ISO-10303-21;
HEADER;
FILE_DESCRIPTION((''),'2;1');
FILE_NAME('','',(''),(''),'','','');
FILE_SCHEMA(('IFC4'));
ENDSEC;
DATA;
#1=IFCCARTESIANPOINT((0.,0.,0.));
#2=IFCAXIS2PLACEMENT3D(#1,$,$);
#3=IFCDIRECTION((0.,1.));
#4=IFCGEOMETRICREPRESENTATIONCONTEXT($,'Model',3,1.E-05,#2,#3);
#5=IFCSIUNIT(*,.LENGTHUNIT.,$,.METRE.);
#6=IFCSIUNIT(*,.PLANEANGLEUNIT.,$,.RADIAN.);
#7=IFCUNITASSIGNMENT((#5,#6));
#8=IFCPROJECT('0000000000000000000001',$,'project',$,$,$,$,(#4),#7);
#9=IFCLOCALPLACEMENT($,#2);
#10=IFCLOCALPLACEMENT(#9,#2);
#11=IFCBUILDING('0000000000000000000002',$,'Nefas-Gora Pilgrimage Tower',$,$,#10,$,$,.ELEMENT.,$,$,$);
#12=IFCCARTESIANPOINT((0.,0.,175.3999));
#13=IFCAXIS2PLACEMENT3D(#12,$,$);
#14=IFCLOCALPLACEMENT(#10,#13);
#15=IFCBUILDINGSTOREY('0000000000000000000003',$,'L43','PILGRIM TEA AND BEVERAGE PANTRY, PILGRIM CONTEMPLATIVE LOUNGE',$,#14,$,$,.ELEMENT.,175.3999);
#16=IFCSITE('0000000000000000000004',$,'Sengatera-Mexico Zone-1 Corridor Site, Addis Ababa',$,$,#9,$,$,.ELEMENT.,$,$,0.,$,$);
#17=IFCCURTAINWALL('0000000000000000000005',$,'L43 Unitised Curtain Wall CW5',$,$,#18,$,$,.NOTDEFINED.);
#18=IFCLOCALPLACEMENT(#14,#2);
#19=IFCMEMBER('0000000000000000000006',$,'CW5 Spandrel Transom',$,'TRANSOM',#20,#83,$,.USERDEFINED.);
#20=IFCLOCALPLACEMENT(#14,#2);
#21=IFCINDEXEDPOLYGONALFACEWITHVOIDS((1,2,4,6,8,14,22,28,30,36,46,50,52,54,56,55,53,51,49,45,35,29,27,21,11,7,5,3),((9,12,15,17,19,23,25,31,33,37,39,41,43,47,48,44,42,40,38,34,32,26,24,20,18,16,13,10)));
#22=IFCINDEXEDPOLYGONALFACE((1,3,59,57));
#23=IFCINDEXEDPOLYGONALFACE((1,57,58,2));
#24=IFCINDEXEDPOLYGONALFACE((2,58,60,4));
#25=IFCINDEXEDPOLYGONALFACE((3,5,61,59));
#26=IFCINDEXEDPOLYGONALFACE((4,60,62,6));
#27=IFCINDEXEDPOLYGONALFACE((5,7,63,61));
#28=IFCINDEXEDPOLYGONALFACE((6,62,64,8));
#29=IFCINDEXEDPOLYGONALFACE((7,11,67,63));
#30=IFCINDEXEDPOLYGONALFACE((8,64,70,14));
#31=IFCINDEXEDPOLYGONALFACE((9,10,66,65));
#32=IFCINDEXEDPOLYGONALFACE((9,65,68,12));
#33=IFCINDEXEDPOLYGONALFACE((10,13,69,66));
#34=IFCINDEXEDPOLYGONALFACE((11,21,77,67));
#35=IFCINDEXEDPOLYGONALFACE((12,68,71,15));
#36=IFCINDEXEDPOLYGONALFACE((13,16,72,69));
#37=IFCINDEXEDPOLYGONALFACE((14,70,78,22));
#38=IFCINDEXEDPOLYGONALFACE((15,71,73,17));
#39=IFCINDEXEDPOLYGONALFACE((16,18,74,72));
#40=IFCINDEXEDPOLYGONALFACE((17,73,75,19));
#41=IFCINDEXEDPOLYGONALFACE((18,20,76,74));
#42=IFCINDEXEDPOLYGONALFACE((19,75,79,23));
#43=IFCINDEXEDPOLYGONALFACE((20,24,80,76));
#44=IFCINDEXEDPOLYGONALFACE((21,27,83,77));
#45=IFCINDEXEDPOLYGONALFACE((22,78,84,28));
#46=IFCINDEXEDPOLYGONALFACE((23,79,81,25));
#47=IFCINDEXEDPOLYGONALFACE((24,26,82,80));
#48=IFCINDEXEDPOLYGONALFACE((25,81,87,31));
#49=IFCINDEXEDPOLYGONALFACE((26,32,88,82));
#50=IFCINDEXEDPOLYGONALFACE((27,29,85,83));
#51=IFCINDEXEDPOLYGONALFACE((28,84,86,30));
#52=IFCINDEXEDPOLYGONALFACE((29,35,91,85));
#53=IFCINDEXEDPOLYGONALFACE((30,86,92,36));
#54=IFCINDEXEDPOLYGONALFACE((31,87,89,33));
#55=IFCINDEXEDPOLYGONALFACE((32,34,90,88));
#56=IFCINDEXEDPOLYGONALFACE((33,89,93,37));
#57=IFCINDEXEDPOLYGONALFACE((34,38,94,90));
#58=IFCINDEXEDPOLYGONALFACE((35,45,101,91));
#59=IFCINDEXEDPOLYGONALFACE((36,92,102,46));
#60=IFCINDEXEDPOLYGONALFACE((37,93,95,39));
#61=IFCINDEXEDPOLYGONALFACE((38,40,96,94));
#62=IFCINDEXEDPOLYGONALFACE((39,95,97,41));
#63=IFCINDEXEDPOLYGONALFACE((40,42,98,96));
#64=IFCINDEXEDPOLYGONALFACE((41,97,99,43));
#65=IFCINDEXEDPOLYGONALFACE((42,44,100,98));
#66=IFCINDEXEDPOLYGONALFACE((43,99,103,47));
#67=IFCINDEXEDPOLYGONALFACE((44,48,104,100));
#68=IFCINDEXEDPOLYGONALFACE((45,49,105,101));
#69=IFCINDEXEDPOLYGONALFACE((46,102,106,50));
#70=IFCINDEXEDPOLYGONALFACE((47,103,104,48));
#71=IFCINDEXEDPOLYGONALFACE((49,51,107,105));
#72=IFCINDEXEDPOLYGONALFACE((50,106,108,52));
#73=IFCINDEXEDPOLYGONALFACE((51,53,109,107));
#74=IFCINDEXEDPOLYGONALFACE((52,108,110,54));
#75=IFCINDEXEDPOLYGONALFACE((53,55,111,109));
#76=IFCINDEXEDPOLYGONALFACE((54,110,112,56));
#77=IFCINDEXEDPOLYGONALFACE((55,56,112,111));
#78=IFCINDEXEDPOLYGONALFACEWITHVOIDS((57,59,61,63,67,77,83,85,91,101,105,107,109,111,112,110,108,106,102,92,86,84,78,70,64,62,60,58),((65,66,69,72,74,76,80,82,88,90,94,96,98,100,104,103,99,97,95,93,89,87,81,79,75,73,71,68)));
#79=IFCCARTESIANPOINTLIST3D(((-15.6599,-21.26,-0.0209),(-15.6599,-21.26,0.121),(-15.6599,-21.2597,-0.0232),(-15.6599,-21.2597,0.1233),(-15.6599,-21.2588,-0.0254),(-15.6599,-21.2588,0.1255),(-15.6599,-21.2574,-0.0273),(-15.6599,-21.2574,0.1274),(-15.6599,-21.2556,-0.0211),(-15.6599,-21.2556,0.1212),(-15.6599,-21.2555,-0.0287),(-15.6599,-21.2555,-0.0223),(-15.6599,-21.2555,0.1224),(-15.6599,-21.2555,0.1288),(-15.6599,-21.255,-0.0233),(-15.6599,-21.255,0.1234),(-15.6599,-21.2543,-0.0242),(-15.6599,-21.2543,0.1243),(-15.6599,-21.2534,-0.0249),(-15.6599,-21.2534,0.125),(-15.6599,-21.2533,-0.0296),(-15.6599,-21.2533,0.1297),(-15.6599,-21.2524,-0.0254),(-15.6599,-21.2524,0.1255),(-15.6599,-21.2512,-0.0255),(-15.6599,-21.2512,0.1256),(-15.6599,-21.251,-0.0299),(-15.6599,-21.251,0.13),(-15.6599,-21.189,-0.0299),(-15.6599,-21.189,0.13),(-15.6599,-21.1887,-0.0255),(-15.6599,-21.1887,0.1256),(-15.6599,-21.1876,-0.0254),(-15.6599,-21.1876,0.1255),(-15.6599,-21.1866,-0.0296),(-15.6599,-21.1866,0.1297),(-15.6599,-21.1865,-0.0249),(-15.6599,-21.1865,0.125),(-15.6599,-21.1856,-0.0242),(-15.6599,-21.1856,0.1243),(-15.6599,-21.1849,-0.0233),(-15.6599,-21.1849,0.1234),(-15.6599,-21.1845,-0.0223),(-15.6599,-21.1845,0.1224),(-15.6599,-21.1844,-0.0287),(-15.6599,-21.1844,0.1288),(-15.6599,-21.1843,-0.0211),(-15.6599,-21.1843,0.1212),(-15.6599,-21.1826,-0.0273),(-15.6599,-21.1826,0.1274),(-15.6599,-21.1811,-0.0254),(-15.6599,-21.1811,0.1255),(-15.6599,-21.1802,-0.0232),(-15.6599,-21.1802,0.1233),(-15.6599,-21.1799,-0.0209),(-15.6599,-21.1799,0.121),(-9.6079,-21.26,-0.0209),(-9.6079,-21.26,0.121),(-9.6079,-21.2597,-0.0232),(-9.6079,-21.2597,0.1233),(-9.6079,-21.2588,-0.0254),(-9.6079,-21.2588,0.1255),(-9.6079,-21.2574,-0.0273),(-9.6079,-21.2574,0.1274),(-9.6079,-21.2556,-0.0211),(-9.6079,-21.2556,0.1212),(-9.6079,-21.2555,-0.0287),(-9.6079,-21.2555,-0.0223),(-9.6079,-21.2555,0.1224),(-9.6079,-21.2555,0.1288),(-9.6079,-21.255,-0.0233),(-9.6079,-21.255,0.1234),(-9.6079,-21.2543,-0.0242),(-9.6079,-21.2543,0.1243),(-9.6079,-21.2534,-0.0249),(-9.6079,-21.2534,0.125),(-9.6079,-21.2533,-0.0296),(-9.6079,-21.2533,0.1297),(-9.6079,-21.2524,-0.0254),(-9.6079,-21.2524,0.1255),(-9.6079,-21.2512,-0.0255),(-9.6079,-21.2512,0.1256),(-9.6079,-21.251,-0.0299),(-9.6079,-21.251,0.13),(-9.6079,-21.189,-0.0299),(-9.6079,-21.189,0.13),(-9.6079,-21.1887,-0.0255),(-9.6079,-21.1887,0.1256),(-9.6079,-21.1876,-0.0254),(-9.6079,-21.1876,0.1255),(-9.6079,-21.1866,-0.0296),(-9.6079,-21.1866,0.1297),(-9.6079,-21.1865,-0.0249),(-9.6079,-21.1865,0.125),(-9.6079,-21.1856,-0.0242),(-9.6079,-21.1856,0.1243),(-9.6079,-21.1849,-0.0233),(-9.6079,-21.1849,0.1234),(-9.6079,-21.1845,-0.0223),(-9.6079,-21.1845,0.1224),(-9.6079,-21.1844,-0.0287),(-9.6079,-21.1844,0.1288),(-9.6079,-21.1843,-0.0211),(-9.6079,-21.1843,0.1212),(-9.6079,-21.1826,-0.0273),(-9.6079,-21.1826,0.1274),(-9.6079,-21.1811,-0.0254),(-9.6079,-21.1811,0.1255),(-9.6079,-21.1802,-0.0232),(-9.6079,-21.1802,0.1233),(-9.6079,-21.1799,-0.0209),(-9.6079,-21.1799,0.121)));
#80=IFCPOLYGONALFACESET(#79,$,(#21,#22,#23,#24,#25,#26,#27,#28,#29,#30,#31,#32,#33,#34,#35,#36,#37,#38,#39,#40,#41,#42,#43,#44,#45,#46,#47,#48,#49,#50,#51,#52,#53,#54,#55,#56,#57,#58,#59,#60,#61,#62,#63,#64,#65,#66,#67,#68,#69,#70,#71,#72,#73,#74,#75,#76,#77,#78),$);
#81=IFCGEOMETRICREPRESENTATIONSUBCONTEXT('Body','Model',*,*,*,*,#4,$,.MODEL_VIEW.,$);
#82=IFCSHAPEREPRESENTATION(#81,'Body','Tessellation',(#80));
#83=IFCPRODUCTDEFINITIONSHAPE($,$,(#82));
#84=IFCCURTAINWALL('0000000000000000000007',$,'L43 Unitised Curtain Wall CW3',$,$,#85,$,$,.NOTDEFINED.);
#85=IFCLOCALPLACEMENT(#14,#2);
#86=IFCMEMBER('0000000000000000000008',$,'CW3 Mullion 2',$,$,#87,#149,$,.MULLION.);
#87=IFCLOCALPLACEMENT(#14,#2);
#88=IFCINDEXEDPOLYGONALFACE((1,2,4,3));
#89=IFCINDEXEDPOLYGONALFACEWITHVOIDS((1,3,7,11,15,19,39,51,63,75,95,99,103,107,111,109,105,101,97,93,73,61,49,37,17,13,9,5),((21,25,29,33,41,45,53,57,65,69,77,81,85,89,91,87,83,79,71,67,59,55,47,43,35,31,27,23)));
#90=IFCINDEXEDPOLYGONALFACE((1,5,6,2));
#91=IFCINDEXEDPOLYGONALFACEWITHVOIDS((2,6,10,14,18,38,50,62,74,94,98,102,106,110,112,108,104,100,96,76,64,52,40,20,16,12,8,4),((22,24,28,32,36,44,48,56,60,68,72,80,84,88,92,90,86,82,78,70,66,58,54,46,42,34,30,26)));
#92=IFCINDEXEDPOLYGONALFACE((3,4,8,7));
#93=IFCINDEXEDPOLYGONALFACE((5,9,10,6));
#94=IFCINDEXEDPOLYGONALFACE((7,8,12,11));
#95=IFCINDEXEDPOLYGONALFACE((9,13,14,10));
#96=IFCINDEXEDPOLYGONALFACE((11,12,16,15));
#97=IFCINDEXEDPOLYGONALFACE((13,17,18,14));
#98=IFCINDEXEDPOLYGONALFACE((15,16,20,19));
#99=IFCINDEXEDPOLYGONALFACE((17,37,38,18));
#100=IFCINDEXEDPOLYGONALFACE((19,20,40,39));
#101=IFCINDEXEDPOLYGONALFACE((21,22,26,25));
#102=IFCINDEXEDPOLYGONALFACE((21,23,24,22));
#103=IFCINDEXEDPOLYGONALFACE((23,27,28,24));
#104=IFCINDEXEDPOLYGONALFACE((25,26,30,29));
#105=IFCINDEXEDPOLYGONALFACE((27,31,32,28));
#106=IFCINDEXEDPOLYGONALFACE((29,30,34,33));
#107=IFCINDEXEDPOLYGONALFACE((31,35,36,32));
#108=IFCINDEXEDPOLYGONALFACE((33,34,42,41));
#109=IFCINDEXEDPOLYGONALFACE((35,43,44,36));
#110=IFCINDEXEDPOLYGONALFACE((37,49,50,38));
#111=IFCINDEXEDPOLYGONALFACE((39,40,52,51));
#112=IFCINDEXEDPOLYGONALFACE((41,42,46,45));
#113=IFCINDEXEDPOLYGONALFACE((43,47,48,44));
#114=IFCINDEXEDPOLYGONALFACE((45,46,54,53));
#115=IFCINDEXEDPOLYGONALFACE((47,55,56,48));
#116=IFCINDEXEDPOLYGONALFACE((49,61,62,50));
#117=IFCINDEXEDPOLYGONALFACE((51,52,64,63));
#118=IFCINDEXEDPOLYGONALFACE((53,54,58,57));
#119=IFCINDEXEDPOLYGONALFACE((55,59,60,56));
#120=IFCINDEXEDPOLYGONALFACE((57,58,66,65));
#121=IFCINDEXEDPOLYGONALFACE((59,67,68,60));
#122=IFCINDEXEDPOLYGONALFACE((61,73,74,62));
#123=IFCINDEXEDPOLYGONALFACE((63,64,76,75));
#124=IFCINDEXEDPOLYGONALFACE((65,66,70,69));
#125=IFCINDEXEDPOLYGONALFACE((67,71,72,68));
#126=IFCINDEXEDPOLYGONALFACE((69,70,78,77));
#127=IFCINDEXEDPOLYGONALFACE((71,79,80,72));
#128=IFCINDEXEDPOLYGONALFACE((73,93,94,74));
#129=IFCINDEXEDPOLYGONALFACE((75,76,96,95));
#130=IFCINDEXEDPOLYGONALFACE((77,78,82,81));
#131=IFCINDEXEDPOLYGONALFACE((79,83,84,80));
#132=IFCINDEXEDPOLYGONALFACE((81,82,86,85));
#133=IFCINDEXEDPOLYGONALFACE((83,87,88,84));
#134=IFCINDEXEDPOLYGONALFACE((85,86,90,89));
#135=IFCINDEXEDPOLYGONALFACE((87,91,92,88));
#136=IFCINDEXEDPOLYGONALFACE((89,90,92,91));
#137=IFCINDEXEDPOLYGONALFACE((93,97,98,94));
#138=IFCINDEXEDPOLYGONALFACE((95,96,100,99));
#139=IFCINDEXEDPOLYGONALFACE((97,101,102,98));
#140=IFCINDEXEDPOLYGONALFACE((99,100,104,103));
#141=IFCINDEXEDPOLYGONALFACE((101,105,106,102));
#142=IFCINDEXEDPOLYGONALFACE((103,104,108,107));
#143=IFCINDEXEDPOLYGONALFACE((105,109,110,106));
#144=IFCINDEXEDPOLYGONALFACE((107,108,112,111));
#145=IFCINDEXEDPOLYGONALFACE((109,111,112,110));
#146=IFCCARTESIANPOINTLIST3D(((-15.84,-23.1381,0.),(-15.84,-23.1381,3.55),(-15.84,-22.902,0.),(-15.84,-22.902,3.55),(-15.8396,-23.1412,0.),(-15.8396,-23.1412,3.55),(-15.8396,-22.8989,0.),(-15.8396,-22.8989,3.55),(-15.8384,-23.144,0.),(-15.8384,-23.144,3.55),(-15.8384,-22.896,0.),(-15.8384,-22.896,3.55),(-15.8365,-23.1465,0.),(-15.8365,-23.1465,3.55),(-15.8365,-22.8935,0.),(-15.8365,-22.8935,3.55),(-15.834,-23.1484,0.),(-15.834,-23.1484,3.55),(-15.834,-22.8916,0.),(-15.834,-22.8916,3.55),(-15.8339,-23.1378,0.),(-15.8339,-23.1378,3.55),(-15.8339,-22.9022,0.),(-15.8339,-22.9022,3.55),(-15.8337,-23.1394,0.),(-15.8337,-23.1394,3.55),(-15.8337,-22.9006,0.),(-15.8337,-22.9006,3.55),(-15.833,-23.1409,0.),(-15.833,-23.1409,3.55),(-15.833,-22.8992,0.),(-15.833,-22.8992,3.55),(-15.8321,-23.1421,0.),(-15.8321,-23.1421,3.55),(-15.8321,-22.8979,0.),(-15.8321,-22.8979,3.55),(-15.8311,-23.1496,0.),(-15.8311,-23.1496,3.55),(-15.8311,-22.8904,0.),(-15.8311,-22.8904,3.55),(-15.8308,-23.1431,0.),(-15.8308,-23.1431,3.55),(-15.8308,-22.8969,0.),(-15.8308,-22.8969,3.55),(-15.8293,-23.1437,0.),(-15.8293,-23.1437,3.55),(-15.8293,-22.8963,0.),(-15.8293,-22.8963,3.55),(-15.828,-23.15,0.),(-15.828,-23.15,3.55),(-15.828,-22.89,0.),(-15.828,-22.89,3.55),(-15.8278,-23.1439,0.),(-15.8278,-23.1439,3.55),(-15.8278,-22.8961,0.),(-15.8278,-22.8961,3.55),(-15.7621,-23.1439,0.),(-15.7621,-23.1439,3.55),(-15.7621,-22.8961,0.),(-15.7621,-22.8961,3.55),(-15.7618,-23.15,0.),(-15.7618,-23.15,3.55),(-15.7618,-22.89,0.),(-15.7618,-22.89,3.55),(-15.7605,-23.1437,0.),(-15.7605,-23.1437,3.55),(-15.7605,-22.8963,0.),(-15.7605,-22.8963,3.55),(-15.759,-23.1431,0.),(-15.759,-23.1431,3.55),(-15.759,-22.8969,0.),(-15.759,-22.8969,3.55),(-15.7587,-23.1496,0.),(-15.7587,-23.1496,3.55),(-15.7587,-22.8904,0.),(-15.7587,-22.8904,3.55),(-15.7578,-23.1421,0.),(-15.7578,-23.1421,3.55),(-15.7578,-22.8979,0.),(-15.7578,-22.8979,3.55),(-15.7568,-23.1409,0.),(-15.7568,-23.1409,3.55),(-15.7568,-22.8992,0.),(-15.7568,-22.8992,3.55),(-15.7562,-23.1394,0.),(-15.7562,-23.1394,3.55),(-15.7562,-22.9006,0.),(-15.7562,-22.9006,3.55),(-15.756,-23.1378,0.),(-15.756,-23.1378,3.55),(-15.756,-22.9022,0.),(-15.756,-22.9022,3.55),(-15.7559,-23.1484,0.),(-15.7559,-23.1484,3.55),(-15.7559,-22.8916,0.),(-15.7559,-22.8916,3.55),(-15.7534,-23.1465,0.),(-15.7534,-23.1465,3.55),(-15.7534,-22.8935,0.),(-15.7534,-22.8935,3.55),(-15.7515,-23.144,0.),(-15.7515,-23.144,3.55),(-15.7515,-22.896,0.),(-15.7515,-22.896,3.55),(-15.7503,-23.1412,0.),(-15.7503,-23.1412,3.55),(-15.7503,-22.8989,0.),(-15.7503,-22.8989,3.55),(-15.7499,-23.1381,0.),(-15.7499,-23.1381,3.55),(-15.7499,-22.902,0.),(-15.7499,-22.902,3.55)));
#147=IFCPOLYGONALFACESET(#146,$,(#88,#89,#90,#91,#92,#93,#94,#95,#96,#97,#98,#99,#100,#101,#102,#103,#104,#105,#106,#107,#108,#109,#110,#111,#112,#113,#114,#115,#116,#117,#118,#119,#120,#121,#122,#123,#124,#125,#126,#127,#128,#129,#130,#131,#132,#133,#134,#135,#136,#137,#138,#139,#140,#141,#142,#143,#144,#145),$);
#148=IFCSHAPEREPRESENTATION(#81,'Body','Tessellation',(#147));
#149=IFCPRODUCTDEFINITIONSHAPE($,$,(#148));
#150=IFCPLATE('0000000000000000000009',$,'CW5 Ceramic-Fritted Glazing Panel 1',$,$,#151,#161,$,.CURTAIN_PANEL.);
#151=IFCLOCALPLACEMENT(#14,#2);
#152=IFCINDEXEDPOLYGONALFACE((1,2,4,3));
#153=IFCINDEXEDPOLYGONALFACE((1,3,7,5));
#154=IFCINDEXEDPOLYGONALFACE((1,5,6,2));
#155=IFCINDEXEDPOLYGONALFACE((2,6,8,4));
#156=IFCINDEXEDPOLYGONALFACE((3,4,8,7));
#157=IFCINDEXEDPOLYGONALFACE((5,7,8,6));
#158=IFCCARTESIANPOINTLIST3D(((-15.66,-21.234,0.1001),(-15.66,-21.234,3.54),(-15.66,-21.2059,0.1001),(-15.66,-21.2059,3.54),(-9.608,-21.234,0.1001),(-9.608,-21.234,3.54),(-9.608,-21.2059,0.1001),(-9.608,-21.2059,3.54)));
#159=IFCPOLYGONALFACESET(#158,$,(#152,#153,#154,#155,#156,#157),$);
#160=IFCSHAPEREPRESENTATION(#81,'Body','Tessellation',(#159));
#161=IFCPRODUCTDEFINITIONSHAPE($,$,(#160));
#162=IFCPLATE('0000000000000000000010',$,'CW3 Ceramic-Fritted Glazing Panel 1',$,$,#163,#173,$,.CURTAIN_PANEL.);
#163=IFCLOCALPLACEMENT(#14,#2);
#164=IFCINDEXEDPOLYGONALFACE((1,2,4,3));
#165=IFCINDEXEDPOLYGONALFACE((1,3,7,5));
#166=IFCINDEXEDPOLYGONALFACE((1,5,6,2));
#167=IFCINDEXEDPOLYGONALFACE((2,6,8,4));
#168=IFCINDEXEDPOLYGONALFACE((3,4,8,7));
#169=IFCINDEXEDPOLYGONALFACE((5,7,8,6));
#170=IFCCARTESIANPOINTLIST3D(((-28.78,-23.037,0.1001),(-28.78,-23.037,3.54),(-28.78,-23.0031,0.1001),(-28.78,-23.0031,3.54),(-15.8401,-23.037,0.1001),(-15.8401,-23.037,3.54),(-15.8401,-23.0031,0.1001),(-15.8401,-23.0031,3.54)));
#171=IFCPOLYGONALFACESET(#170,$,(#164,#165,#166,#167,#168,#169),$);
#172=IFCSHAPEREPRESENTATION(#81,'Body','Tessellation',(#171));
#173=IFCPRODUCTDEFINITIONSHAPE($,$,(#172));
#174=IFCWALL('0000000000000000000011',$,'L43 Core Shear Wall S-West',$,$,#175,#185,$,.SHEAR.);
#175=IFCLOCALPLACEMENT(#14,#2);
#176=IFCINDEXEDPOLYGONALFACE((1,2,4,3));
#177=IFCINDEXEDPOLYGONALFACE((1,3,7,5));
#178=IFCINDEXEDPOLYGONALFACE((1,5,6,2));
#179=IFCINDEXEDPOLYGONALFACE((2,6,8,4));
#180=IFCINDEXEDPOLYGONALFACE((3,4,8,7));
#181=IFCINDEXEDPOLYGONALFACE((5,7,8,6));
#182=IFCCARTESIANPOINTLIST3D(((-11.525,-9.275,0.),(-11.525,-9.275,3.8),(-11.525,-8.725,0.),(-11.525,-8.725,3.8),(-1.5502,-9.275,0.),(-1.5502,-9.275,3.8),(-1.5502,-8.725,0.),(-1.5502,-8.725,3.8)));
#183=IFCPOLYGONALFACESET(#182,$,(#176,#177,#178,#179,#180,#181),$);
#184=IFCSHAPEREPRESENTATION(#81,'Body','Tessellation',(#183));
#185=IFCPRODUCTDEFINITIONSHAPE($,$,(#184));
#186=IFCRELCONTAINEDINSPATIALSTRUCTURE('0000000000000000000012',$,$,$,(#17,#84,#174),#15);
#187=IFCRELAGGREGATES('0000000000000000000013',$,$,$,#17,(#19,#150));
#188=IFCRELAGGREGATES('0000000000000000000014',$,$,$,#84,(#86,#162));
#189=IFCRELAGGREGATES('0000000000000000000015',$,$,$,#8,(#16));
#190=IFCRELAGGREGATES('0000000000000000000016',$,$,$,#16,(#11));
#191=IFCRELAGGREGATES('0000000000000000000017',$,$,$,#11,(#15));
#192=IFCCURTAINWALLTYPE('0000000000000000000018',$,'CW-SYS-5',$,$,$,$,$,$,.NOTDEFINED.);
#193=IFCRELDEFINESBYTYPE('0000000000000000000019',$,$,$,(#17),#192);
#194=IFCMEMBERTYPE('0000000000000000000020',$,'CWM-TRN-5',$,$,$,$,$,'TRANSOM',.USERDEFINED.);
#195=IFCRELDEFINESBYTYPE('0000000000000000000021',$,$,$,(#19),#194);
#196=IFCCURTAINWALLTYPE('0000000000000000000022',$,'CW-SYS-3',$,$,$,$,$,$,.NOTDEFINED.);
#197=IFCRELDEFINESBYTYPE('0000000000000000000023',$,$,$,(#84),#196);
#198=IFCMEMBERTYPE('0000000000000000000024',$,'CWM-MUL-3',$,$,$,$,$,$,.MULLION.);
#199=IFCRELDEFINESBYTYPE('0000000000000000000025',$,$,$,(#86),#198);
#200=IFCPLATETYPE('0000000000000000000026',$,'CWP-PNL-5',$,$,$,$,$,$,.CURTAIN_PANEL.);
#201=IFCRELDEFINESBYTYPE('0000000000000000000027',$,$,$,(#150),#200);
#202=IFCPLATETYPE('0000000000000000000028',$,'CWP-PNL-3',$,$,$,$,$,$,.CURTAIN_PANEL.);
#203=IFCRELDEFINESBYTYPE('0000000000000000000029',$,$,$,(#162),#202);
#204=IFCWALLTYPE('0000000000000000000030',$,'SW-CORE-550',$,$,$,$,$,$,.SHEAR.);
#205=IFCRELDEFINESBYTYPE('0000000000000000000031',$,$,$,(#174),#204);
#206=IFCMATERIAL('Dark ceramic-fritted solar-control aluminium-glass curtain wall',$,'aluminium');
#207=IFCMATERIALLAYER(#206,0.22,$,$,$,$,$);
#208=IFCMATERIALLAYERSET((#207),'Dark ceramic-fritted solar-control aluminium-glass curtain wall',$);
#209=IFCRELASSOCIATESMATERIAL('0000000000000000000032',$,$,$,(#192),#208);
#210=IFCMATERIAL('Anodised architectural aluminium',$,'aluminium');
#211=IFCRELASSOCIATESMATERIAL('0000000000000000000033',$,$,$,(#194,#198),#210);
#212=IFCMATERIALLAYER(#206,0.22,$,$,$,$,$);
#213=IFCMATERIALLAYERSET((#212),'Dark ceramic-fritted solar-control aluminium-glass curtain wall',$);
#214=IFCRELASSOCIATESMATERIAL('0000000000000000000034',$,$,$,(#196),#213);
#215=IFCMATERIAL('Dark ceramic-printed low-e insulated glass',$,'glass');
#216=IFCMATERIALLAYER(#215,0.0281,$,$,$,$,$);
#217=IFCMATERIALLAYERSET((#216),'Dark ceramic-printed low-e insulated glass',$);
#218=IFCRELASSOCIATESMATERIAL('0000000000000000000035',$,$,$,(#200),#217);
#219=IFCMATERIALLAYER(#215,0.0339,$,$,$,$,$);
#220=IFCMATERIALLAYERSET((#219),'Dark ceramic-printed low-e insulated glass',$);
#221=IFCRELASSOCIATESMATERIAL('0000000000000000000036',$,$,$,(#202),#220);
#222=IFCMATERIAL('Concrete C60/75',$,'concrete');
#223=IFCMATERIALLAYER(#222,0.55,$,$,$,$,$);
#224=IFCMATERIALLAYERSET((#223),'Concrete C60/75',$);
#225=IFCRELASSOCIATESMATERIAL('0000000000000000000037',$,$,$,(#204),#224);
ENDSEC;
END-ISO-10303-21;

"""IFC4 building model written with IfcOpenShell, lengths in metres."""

from ifc_helpers import new_model, si_unit, direction, frame, frame_2d, origin, origin_2d, place, context, subcontext, project, spatial, rectangle, hollow_rectangle, extrude, source, transform, mapped, material, layer, layer_set, material_profile, profile_set, type_object, element, aggregate, save


model = new_model("IFC4")

# Units and contexts
model_context = context("Model", 3, precision=1e-05, world=origin(), true_north=direction((0.0, 1.0)))
body_context = subcontext(model_context, "Body", "Model", "MODEL_VIEW")
ifc_project = project(units=[si_unit("LENGTHUNIT", "METRE"), si_unit("PLANEANGLEUNIT", "RADIAN")], contexts=[model_context])

# Site, building, storey
site_placement = place(None, origin())
site = spatial("IfcSite", under=ifc_project, at=site_placement, Name="Sengatera-Mexico Zone-1 Corridor Site, Addis Ababa", CompositionType="ELEMENT", RefElevation=0.0)
building_placement = place(site_placement, origin())
building = spatial("IfcBuilding", under=site, at=building_placement, Name="Nefas-Gora Pilgrimage Tower", CompositionType="ELEMENT")
storey_placement = place(building_placement, frame((0.0, 0.0, 175.3999)))
storey = spatial("IfcBuildingStorey", under=building, at=storey_placement, Name="L43", Description="PILGRIM TEA AND BEVERAGE PANTRY, PILGRIM CONTEMPLATIVE LOUNGE", CompositionType="ELEMENT", Elevation=175.3999)

# Curtain wall, member
ifc_material_1 = material(Name="Dark ceramic-fritted solar-control aluminium-glass curtain wall", Category="aluminium")
ifc_layer_1 = layer(ifc_material_1, 0.22)
ifc_layer_set_1 = layer_set([ifc_layer_1], Name="Dark ceramic-fritted solar-control aluminium-glass curtain wall")
curtain_wall_type_1 = type_object("IfcCurtainWallType", Name="CW-SYS-5", PredefinedType="NOTDEFINED", material=ifc_layer_set_1)
curtain_wall_1_placement = place(storey_placement, origin())
curtain_wall_1 = element("IfcCurtainWall", 1, at=curtain_wall_1_placement, inside=storey, type_object=curtain_wall_type_1, Name="L43 Unitised Curtain Wall CW5", PredefinedType="NOTDEFINED")
ifc_material_2 = material(Name="Anodised architectural aluminium", Category="aluminium")
ifc_material_profile_1 = material_profile(ifc_material_2, hollow_rectangle(XDim=0.0801, YDim=0.1599, WallThickness=0.0044, InnerFilletRadius=0.0044, OuterFilletRadius=0.009, at=origin_2d()), Name="ALU TRANSOM 80x160")
ifc_profile_set_1 = profile_set([ifc_material_profile_1], Name="Anodised architectural aluminium")
member_type_1 = type_object("IfcMemberType", Name="CWM-TRN-5", ElementType="TRANSOM", PredefinedType="USERDEFINED", material=ifc_profile_set_1)
shared_shape_1 = source(origin(), body_context, "Body", "SweptSolid", [
    extrude(hollow_rectangle(XDim=0.0801, YDim=0.1599, WallThickness=0.0044, InnerFilletRadius=0.0044, OuterFilletRadius=0.009, at=origin_2d()), origin(), (0.0, 0.0, 1.0), 6.052),
])
member_1_placement = place(storey_placement, frame((-15.6599, -21.22, 0.05), z_axis=(1.0, 0.0, 0.0), x_axis=(0.0, 1.0, 0.0)))
member_1 = element("IfcMember", 2, at=member_1_placement, type_object=member_type_1, Name="CW5 Spandrel Transom", ObjectType="TRANSOM", PredefinedType="USERDEFINED", context=body_context, shape_type="MappedRepresentation", body=[
    mapped(shared_shape_1, transform((0.0, 0.0, 0.0), x_axis=(1.0, 0.0, 0.0), y_axis=(0.0, 1.0, 0.0), z_axis=(0.0, 0.0, 1.0), scale=1.0)),
])

# Curtain wall, member
ifc_layer_2 = layer(ifc_material_1, 0.22)
ifc_layer_set_2 = layer_set([ifc_layer_2], Name="Dark ceramic-fritted solar-control aluminium-glass curtain wall")
curtain_wall_type_2 = type_object("IfcCurtainWallType", Name="CW-SYS-3", PredefinedType="NOTDEFINED", material=ifc_layer_set_2)
curtain_wall_2_placement = place(storey_placement, origin())
curtain_wall_2 = element("IfcCurtainWall", 3, at=curtain_wall_2_placement, inside=storey, type_object=curtain_wall_type_2, Name="L43 Unitised Curtain Wall CW3", PredefinedType="NOTDEFINED")
ifc_material_profile_2 = material_profile(ifc_material_2, hollow_rectangle(XDim=0.0901, YDim=0.26, WallThickness=0.0061, InnerFilletRadius=0.0061, OuterFilletRadius=0.012, at=origin_2d()), Name="ALU MULLION 90x260")
ifc_profile_set_2 = profile_set([ifc_material_profile_2], Name="Anodised architectural aluminium")
member_type_2 = type_object("IfcMemberType", Name="CWM-MUL-3", PredefinedType="MULLION", material=ifc_profile_set_2)
shared_shape_2 = source(origin(), body_context, "Body", "SweptSolid", [
    extrude(hollow_rectangle(XDim=0.0901, YDim=0.26, WallThickness=0.0061, InnerFilletRadius=0.0061, OuterFilletRadius=0.012, at=origin_2d()), origin(), (0.0, 0.0, 1.0), 3.55),
])
member_2_placement = place(storey_placement, frame((-15.7949, -23.02, 0.0), z_axis=(0.0, 0.0, 1.0), x_axis=(1.0, 0.0, 0.0)))
member_2 = element("IfcMember", 4, at=member_2_placement, type_object=member_type_2, Name="CW3 Mullion 2", PredefinedType="MULLION", context=body_context, shape_type="MappedRepresentation", body=[
    mapped(shared_shape_2, transform((0.0, 0.0, 0.0), x_axis=(1.0, 0.0, 0.0), y_axis=(0.0, 1.0, 0.0), z_axis=(0.0, 0.0, 1.0), scale=1.0)),
])

# Plates
ifc_material_3 = material(Name="Dark ceramic-printed low-e insulated glass", Category="glass")
ifc_layer_3 = layer(ifc_material_3, 0.0281)
ifc_layer_set_3 = layer_set([ifc_layer_3], Name="Dark ceramic-printed low-e insulated glass")
plate_type_1 = type_object("IfcPlateType", Name="CWP-PNL-5", PredefinedType="CURTAIN_PANEL", material=ifc_layer_set_3)
shared_shape_3 = source(origin(), body_context, "Body", "SweptSolid", [
    extrude(rectangle(XDim=6.052, YDim=0.0281, at=origin_2d()), origin(), (0.0, 0.0, 1.0), 3.4399),
])
plate_1_placement = place(storey_placement, frame((-12.634, -21.22, 0.1001), z_axis=(0.0, 0.0, 1.0), x_axis=(1.0, 0.0, 0.0)))
plate_1 = element("IfcPlate", 5, at=plate_1_placement, type_object=plate_type_1, Name="CW5 Ceramic-Fritted Glazing Panel 1", PredefinedType="CURTAIN_PANEL", context=body_context, shape_type="MappedRepresentation", body=[
    mapped(shared_shape_3, transform((0.0, 0.0, 0.0), x_axis=(1.0, 0.0, 0.0), y_axis=(0.0, 1.0, 0.0), z_axis=(0.0, 0.0, 1.0), scale=1.0)),
])
aggregate(curtain_wall_1, [member_1, plate_1])
ifc_layer_4 = layer(ifc_material_3, 0.0339)
ifc_layer_set_4 = layer_set([ifc_layer_4], Name="Dark ceramic-printed low-e insulated glass")
plate_type_2 = type_object("IfcPlateType", Name="CWP-PNL-3", PredefinedType="CURTAIN_PANEL", material=ifc_layer_set_4)
shared_shape_4 = source(origin(), body_context, "Body", "SweptSolid", [
    extrude(rectangle(XDim=12.9399, YDim=0.0339, at=origin_2d()), origin(), (0.0, 0.0, 1.0), 3.4399),
])
plate_2_placement = place(storey_placement, frame((-22.3101, -23.02, 0.1001), z_axis=(0.0, 0.0, 1.0), x_axis=(1.0, 0.0, 0.0)))
plate_2 = element("IfcPlate", 6, at=plate_2_placement, type_object=plate_type_2, Name="CW3 Ceramic-Fritted Glazing Panel 1", PredefinedType="CURTAIN_PANEL", context=body_context, shape_type="MappedRepresentation", body=[
    mapped(shared_shape_4, transform((0.0, 0.0, 0.0), x_axis=(1.0, 0.0, 0.0), y_axis=(0.0, 1.0, 0.0), z_axis=(0.0, 0.0, 1.0), scale=1.0)),
])
aggregate(curtain_wall_2, [member_2, plate_2])

# Wall
ifc_material_4 = material(Name="Concrete C60/75", Category="concrete")
ifc_layer_5 = layer(ifc_material_4, 0.55)
ifc_layer_set_5 = layer_set([ifc_layer_5], Name="Concrete C60/75")
wall_type_1 = type_object("IfcWallType", Name="SW-CORE-550", PredefinedType="SHEAR", material=ifc_layer_set_5)
shared_shape_5 = source(origin(), body_context, "Body", "SweptSolid", [
    extrude(rectangle(XDim=9.9749, YDim=0.55, at=frame_2d((4.9873, 0.0))), origin(), (0.0, 0.0, 1.0), 3.8),
])
wall_1_placement = place(storey_placement, frame((-11.5249, -9.0, 0.0), z_axis=(0.0, 0.0, 1.0), x_axis=(1.0, 0.0, 0.0)))
element("IfcWall", 7, at=wall_1_placement, inside=storey, type_object=wall_type_1, Name="L43 Core Shear Wall S-West", PredefinedType="SHEAR", context=body_context, shape_type="MappedRepresentation", body=[
    mapped(shared_shape_5, transform((0.0, 0.0, 0.0), x_axis=(1.0, 0.0, 0.0), y_axis=(0.0, 1.0, 0.0), z_axis=(0.0, 0.0, 1.0), scale=1.0)),
])

save(model, "model.ifc")
